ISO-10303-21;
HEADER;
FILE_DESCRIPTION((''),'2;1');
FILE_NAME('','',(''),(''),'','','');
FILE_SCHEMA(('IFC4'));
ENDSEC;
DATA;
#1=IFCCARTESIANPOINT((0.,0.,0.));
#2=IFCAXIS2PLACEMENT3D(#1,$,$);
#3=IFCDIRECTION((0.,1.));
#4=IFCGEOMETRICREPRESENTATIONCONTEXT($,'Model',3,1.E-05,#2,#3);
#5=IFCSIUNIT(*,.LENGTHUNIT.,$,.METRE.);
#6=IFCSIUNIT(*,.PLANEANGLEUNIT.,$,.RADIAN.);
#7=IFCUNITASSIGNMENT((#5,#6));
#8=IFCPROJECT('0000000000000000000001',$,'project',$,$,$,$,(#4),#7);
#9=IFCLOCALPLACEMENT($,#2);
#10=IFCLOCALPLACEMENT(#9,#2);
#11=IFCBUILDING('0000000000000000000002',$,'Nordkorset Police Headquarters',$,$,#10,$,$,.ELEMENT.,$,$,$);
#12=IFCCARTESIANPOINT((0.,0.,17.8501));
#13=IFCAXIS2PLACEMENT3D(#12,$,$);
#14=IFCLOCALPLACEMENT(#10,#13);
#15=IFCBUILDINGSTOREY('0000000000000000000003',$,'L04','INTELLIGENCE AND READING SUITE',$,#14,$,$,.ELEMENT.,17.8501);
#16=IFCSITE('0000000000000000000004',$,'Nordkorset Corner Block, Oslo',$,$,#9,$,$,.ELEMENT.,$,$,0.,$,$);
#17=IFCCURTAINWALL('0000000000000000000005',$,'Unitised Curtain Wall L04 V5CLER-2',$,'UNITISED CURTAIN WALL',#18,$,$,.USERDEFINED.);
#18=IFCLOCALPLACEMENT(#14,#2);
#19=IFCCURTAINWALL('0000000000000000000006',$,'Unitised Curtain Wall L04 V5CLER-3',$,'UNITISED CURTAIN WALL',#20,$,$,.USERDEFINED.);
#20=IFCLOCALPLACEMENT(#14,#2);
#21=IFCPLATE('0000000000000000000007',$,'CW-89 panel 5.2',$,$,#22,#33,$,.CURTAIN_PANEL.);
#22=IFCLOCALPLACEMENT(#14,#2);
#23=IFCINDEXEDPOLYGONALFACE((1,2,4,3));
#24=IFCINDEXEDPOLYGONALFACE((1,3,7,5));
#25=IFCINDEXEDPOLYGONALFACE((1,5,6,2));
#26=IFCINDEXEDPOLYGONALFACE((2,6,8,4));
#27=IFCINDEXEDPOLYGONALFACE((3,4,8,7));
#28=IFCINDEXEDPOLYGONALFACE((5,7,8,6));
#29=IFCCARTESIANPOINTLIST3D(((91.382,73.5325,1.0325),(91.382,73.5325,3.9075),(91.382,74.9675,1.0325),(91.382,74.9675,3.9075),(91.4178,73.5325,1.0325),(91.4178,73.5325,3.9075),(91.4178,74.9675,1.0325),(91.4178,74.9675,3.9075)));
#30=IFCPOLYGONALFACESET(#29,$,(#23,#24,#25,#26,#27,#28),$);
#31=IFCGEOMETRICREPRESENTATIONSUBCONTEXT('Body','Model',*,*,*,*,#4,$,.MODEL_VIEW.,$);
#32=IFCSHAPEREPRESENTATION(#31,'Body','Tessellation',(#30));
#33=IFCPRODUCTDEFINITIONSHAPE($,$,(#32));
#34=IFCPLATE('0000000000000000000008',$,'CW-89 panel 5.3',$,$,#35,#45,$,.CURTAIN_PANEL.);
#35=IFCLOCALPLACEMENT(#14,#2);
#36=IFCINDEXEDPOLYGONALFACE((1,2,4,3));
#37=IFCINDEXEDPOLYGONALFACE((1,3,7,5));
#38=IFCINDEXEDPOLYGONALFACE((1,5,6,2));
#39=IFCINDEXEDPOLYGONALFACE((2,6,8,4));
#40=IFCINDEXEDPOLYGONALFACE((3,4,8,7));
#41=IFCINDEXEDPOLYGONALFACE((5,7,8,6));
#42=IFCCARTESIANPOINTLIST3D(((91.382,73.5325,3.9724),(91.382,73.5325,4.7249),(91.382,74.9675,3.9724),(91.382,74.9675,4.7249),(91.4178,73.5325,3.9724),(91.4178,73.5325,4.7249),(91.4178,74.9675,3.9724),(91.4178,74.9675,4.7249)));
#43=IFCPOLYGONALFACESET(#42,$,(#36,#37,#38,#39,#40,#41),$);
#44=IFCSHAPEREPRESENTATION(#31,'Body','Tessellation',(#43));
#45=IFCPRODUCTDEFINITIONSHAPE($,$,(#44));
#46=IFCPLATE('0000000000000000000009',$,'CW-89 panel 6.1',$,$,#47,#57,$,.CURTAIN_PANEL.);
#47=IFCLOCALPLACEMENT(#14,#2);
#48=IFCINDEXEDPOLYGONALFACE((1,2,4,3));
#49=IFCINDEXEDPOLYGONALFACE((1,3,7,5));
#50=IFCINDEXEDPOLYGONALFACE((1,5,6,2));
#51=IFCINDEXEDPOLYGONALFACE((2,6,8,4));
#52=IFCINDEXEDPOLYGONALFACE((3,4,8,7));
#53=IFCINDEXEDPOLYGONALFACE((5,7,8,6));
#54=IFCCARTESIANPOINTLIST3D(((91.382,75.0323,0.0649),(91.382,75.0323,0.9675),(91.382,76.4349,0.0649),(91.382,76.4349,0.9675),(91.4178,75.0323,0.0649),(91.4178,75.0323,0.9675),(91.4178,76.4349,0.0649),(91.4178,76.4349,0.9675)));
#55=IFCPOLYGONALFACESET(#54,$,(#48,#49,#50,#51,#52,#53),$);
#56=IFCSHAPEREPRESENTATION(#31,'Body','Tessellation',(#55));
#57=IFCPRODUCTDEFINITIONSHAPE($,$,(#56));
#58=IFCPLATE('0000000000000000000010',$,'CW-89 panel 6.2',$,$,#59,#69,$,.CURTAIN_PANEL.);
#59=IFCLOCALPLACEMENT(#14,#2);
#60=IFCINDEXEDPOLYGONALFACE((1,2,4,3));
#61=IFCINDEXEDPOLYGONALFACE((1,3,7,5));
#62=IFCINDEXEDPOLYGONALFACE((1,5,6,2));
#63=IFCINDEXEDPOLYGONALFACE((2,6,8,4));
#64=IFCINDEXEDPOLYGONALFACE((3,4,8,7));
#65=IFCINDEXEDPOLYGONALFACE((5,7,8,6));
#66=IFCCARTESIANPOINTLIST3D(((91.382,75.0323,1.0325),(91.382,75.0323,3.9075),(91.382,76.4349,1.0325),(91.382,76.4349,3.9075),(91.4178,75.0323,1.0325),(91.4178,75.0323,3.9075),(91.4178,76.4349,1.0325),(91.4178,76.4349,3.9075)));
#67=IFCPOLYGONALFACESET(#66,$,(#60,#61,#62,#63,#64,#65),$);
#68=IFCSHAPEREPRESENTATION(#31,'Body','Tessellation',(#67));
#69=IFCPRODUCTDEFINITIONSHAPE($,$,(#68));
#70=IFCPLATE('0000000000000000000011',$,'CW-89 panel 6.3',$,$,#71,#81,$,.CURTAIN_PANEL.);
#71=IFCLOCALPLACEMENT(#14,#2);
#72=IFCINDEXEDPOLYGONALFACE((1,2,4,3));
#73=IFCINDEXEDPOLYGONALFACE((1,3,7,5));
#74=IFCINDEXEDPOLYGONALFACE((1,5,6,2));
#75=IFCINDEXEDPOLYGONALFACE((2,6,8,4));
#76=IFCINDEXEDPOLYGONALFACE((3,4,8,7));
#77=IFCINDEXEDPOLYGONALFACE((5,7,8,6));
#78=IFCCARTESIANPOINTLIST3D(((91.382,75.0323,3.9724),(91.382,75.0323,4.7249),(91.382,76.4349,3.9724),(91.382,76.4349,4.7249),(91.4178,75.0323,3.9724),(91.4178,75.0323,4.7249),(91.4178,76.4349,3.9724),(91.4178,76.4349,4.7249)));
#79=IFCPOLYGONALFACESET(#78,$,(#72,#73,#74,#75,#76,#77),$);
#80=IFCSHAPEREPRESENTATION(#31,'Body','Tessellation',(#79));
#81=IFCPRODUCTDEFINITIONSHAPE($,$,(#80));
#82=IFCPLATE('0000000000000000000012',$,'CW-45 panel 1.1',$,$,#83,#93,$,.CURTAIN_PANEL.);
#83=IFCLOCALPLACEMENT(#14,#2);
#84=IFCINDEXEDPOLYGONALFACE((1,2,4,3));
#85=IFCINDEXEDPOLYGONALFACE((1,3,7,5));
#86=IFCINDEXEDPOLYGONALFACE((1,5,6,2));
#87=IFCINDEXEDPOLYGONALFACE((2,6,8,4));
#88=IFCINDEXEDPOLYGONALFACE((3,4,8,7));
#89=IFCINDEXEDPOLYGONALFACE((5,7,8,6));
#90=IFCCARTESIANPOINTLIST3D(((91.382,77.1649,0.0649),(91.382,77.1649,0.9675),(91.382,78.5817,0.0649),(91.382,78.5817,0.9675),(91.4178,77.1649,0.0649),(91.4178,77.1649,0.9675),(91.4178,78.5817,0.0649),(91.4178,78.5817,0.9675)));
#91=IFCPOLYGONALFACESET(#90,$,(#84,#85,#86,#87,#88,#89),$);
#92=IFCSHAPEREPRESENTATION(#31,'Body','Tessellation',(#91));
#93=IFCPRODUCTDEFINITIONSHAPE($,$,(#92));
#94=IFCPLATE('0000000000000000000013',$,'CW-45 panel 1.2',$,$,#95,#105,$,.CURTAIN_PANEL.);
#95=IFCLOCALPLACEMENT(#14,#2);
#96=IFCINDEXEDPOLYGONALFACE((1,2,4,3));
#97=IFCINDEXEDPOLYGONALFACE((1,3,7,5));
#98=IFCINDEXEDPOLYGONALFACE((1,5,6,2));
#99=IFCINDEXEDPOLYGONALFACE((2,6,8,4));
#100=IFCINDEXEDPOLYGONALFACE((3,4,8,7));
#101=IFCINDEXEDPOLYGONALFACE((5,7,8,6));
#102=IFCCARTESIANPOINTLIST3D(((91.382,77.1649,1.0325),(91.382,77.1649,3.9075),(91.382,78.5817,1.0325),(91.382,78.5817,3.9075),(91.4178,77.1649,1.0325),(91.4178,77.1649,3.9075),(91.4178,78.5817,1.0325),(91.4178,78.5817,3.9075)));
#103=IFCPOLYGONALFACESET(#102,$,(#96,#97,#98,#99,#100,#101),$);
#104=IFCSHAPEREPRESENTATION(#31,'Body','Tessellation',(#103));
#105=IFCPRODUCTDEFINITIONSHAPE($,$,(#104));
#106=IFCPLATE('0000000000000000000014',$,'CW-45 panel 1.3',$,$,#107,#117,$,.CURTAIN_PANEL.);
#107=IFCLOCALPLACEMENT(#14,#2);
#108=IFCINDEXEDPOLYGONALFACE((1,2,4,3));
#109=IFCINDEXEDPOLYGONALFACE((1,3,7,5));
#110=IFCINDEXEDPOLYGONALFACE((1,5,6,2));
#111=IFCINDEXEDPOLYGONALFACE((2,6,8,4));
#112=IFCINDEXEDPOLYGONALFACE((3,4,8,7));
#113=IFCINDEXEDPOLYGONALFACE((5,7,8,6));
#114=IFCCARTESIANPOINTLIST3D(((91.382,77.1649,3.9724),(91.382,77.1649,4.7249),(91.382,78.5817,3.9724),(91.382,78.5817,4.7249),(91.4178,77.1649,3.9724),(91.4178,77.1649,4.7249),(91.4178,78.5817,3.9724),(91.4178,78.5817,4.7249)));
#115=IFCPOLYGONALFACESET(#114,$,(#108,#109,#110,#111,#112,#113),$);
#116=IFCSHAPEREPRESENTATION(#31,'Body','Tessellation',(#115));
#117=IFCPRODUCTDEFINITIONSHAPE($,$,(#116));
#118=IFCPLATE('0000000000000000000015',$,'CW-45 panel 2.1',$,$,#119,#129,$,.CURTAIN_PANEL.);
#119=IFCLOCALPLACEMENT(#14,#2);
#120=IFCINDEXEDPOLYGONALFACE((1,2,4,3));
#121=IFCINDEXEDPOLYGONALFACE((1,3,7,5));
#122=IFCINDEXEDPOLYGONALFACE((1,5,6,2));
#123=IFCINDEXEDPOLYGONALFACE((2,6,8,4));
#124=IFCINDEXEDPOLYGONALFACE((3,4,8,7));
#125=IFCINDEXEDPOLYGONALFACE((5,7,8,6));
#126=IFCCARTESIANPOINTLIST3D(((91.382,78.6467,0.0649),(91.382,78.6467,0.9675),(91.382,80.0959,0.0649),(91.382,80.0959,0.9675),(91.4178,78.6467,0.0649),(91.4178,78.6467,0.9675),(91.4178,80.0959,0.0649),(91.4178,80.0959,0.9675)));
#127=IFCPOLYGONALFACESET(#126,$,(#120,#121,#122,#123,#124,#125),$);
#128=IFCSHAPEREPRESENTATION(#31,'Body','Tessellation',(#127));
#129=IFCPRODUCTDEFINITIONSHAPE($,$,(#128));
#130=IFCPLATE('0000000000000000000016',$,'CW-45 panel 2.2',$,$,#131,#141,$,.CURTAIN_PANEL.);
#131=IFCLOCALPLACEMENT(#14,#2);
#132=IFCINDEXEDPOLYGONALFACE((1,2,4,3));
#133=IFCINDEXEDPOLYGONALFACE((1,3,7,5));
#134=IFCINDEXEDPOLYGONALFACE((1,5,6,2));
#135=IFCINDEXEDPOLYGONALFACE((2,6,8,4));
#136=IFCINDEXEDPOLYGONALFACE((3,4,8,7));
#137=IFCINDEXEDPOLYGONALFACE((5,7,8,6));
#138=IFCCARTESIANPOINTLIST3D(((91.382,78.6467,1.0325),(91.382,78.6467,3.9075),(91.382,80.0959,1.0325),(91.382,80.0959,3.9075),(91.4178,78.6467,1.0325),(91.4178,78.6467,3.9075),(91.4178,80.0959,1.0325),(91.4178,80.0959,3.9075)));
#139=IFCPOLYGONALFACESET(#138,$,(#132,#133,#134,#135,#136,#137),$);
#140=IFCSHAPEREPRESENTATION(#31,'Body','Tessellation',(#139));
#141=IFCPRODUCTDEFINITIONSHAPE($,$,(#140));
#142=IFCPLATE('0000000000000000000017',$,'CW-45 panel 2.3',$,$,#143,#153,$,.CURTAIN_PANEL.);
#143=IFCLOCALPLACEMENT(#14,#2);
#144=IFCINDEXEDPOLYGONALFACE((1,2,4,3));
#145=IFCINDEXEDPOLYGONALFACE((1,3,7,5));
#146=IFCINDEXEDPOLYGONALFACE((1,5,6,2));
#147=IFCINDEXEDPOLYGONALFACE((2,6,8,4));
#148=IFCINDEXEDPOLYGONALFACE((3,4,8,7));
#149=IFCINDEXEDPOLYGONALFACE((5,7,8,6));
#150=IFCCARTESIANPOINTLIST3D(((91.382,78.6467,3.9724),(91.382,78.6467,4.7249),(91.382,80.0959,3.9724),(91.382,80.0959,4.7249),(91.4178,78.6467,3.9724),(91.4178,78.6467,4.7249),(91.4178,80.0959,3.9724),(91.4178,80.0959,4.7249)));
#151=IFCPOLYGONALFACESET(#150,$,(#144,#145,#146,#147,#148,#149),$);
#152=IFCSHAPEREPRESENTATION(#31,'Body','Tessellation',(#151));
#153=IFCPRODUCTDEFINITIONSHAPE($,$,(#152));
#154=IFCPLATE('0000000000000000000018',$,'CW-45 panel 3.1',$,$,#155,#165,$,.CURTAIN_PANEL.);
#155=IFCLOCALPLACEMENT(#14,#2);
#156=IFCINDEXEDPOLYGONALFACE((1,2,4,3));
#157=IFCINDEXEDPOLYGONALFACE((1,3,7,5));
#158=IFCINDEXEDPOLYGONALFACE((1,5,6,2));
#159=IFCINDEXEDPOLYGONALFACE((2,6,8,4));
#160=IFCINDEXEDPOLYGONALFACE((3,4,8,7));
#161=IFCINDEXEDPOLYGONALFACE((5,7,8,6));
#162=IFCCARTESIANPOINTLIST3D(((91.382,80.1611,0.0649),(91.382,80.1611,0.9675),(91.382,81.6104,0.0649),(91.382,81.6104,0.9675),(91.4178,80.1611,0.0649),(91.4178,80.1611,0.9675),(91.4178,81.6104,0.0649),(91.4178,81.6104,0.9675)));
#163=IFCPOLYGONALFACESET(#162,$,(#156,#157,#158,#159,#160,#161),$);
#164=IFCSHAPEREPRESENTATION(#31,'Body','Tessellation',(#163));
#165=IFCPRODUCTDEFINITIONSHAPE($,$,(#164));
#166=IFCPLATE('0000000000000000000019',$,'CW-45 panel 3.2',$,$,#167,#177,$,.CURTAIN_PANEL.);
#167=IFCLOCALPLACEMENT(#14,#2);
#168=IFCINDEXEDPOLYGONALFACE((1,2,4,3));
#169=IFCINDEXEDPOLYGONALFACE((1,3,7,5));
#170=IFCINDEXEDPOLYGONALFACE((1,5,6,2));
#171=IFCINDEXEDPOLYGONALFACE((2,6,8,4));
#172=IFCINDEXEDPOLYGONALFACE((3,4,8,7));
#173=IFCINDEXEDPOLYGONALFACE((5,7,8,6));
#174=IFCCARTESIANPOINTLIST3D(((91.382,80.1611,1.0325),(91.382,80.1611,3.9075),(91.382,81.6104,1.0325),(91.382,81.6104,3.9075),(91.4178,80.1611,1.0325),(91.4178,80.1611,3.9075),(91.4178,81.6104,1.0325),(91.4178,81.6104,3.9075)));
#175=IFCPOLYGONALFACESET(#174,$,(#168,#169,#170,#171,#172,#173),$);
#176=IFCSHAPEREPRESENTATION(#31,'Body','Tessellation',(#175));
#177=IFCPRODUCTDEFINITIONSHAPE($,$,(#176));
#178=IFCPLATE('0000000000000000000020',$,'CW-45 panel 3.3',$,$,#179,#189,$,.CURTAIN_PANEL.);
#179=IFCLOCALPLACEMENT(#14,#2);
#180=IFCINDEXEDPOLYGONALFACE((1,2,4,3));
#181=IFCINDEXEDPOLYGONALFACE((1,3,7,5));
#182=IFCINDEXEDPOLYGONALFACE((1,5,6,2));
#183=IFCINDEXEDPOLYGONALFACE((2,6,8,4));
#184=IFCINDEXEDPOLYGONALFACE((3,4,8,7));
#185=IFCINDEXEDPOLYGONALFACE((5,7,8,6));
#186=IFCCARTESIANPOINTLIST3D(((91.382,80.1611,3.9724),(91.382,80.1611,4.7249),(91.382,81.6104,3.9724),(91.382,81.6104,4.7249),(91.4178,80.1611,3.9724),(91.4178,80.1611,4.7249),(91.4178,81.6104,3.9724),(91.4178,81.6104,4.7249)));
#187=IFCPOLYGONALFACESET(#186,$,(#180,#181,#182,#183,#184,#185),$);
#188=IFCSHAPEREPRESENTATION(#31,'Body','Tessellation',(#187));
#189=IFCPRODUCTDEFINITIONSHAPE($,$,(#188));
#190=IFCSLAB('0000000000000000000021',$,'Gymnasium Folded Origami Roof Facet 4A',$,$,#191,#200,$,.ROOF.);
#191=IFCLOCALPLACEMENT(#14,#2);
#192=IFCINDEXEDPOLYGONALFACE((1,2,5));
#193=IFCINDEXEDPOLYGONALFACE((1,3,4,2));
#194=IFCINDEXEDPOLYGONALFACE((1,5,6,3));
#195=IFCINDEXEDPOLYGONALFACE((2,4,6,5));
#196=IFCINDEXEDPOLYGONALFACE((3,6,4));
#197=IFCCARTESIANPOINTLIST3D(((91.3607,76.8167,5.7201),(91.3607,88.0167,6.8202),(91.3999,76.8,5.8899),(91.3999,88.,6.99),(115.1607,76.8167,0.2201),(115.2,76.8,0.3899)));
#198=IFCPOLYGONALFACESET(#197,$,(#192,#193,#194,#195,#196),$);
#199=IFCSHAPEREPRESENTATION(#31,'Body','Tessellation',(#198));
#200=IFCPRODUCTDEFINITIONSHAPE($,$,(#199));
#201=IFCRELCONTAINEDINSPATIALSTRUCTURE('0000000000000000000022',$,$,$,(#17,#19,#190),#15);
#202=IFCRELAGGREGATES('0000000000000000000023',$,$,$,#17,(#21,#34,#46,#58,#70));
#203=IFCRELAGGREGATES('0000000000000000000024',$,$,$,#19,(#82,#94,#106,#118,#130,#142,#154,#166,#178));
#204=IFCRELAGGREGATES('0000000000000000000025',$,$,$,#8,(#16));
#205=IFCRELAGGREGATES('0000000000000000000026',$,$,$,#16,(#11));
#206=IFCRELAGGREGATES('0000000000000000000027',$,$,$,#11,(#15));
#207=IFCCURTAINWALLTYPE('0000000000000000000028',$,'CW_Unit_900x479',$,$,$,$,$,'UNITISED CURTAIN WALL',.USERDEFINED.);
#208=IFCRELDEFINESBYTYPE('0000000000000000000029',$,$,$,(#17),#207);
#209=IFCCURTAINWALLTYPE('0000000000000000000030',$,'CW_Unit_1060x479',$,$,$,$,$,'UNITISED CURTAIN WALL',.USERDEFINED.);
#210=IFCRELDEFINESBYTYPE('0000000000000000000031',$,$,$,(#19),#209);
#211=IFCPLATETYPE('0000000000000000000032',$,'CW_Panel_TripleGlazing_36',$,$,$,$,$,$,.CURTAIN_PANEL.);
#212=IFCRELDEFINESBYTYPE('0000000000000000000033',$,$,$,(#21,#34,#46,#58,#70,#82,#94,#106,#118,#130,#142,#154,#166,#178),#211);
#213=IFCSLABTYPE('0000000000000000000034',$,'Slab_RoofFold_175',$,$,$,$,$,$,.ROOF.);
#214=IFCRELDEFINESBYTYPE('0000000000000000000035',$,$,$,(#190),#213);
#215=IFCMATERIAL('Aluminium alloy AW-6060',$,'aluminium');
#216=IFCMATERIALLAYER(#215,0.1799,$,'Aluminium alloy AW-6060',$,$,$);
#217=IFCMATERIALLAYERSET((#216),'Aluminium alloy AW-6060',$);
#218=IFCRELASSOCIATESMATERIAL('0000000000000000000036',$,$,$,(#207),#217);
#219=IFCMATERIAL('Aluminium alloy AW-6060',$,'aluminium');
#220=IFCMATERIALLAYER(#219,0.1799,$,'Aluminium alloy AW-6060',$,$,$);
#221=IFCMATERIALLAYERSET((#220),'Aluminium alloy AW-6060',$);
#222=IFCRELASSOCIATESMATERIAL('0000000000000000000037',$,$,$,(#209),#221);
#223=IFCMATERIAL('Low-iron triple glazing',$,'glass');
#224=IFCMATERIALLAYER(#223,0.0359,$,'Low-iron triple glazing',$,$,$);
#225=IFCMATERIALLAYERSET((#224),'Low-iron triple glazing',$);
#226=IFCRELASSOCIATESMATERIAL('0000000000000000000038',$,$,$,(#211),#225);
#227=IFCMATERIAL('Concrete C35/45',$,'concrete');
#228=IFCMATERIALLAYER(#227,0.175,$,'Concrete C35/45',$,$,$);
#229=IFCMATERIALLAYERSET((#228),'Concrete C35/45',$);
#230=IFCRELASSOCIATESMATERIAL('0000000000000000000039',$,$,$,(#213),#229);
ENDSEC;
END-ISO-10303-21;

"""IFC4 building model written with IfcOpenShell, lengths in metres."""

from ifc_helpers import new_model, si_unit, direction, frame, origin, origin_2d, place, context, subcontext, project, spatial, polyline, rectangle, outline, extrude, material, layer, layer_set, type_object, element, aggregate, save


model = new_model("IFC4")

# Units and contexts
model_context = context("Model", 3, precision=1e-05, world=origin(), true_north=direction((0.0, 1.0)))
body_context = subcontext(model_context, "Body", "Model", "MODEL_VIEW")
ifc_project = project(units=[si_unit("LENGTHUNIT", "METRE"), si_unit("PLANEANGLEUNIT", "RADIAN")], contexts=[model_context])

# Site, building, storey
site_placement = place(None, origin())
site = spatial("IfcSite", under=ifc_project, at=site_placement, Name="Nordkorset Corner Block, Oslo", CompositionType="ELEMENT", RefElevation=0.0)
building_placement = place(site_placement, origin())
building = spatial("IfcBuilding", under=site, at=building_placement, Name="Nordkorset Police Headquarters", CompositionType="ELEMENT")
storey_placement = place(building_placement, frame((0.0, 0.0, 17.8501)))
storey = spatial("IfcBuildingStorey", under=building, at=storey_placement, Name="L04", Description="INTELLIGENCE AND READING SUITE", CompositionType="ELEMENT", Elevation=17.8501)

# Curtain walls
ifc_material_1 = material(Name="Aluminium alloy AW-6060", Category="aluminium")
ifc_layer_1 = layer(ifc_material_1, 0.1799, Name="Aluminium alloy AW-6060")
ifc_layer_set_1 = layer_set([ifc_layer_1], Name="Aluminium alloy AW-6060")
curtain_wall_type_1 = type_object("IfcCurtainWallType", Name="CW_Unit_900x479", ElementType="UNITISED CURTAIN WALL", PredefinedType="USERDEFINED", material=ifc_layer_set_1)
curtain_wall_1_placement = place(storey_placement, origin())
curtain_wall_1 = element("IfcCurtainWall", 1, at=curtain_wall_1_placement, inside=storey, type_object=curtain_wall_type_1, Name="Unitised Curtain Wall L04 V5CLER-2", ObjectType="UNITISED CURTAIN WALL", PredefinedType="USERDEFINED")
ifc_material_2 = material(Name="Aluminium alloy AW-6060", Category="aluminium")
ifc_layer_2 = layer(ifc_material_2, 0.1799, Name="Aluminium alloy AW-6060")
ifc_layer_set_2 = layer_set([ifc_layer_2], Name="Aluminium alloy AW-6060")
curtain_wall_type_2 = type_object("IfcCurtainWallType", Name="CW_Unit_1060x479", ElementType="UNITISED CURTAIN WALL", PredefinedType="USERDEFINED", material=ifc_layer_set_2)
curtain_wall_2_placement = place(storey_placement, origin())
curtain_wall_2 = element("IfcCurtainWall", 2, at=curtain_wall_2_placement, inside=storey, type_object=curtain_wall_type_2, Name="Unitised Curtain Wall L04 V5CLER-3", ObjectType="UNITISED CURTAIN WALL", PredefinedType="USERDEFINED")

# Plates
ifc_material_3 = material(Name="Low-iron triple glazing", Category="glass")
ifc_layer_3 = layer(ifc_material_3, 0.0359, Name="Low-iron triple glazing")
ifc_layer_set_3 = layer_set([ifc_layer_3], Name="Low-iron triple glazing")
plate_type = type_object("IfcPlateType", Name="CW_Panel_TripleGlazing_36", PredefinedType="CURTAIN_PANEL", material=ifc_layer_set_3)
plate_1_placement = place(storey_placement, frame((91.3999, 74.25, 1.0325), z_axis=(0.0, 0.0, 1.0), x_axis=(0.0, 1.0, 0.0)))
plate_1 = element("IfcPlate", 3, at=plate_1_placement, type_object=plate_type, Name="CW-89 panel 5.2", PredefinedType="CURTAIN_PANEL", context=body_context, shape_type="SweptSolid", body=[
    extrude(rectangle(XDim=1.4351, YDim=0.0359, at=origin_2d()), origin(), (0.0, 0.0, 1.0), 2.875),
])
plate_2_placement = place(storey_placement, frame((91.3999, 74.25, 3.9724), z_axis=(0.0, 0.0, 1.0), x_axis=(0.0, 1.0, 0.0)))
plate_2 = element("IfcPlate", 4, at=plate_2_placement, type_object=plate_type, Name="CW-89 panel 5.3", PredefinedType="CURTAIN_PANEL", context=body_context, shape_type="SweptSolid", body=[
    extrude(rectangle(XDim=1.4351, YDim=0.0359, at=origin_2d()), origin(), (0.0, 0.0, 1.0), 0.7524),
])
plate_3_placement = place(storey_placement, frame((91.3999, 75.7336, 0.0649), z_axis=(0.0, 0.0, 1.0), x_axis=(0.0, 1.0, 0.0)))
plate_3 = element("IfcPlate", 5, at=plate_3_placement, type_object=plate_type, Name="CW-89 panel 6.1", PredefinedType="CURTAIN_PANEL", context=body_context, shape_type="SweptSolid", body=[
    extrude(rectangle(XDim=1.4026, YDim=0.0359, at=origin_2d()), origin(), (0.0, 0.0, 1.0), 0.9026),
])
plate_4_placement = place(storey_placement, frame((91.3999, 75.7336, 1.0325), z_axis=(0.0, 0.0, 1.0), x_axis=(0.0, 1.0, 0.0)))
plate_4 = element("IfcPlate", 6, at=plate_4_placement, type_object=plate_type, Name="CW-89 panel 6.2", PredefinedType="CURTAIN_PANEL", context=body_context, shape_type="SweptSolid", body=[
    extrude(rectangle(XDim=1.4026, YDim=0.0359, at=origin_2d()), origin(), (0.0, 0.0, 1.0), 2.875),
])
plate_5_placement = place(storey_placement, frame((91.3999, 75.7336, 3.9724), z_axis=(0.0, 0.0, 1.0), x_axis=(0.0, 1.0, 0.0)))
plate_5 = element("IfcPlate", 7, at=plate_5_placement, type_object=plate_type, Name="CW-89 panel 6.3", PredefinedType="CURTAIN_PANEL", context=body_context, shape_type="SweptSolid", body=[
    extrude(rectangle(XDim=1.4026, YDim=0.0359, at=origin_2d()), origin(), (0.0, 0.0, 1.0), 0.7524),
])
aggregate(curtain_wall_1, [plate_1, plate_2, plate_3, plate_4, plate_5])
plate_6_placement = place(storey_placement, frame((91.3999, 77.8733, 0.0649), z_axis=(0.0, 0.0, 1.0), x_axis=(0.0, 1.0, 0.0)))
plate_6 = element("IfcPlate", 8, at=plate_6_placement, type_object=plate_type, Name="CW-45 panel 1.1", PredefinedType="CURTAIN_PANEL", context=body_context, shape_type="SweptSolid", body=[
    extrude(rectangle(XDim=1.4167, YDim=0.0359, at=origin_2d()), origin(), (0.0, 0.0, 1.0), 0.9026),
])
plate_7_placement = place(storey_placement, frame((91.3999, 77.8733, 1.0325), z_axis=(0.0, 0.0, 1.0), x_axis=(0.0, 1.0, 0.0)))
plate_7 = element("IfcPlate", 9, at=plate_7_placement, type_object=plate_type, Name="CW-45 panel 1.2", PredefinedType="CURTAIN_PANEL", context=body_context, shape_type="SweptSolid", body=[
    extrude(rectangle(XDim=1.4167, YDim=0.0359, at=origin_2d()), origin(), (0.0, 0.0, 1.0), 2.875),
])
plate_8_placement = place(storey_placement, frame((91.3999, 77.8733, 3.9724), z_axis=(0.0, 0.0, 1.0), x_axis=(0.0, 1.0, 0.0)))
plate_8 = element("IfcPlate", 10, at=plate_8_placement, type_object=plate_type, Name="CW-45 panel 1.3", PredefinedType="CURTAIN_PANEL", context=body_context, shape_type="SweptSolid", body=[
    extrude(rectangle(XDim=1.4167, YDim=0.0359, at=origin_2d()), origin(), (0.0, 0.0, 1.0), 0.7524),
])
plate_9_placement = place(storey_placement, frame((91.3999, 79.3713, 0.0649), z_axis=(0.0, 0.0, 1.0), x_axis=(0.0, 1.0, 0.0)))
plate_9 = element("IfcPlate", 11, at=plate_9_placement, type_object=plate_type, Name="CW-45 panel 2.1", PredefinedType="CURTAIN_PANEL", context=body_context, shape_type="SweptSolid", body=[
    extrude(rectangle(XDim=1.4492, YDim=0.0359, at=origin_2d()), origin(), (0.0, 0.0, 1.0), 0.9026),
])
plate_10_placement = place(storey_placement, frame((91.3999, 79.3713, 1.0325), z_axis=(0.0, 0.0, 1.0), x_axis=(0.0, 1.0, 0.0)))
plate_10 = element("IfcPlate", 12, at=plate_10_placement, type_object=plate_type, Name="CW-45 panel 2.2", PredefinedType="CURTAIN_PANEL", context=body_context, shape_type="SweptSolid", body=[
    extrude(rectangle(XDim=1.4492, YDim=0.0359, at=origin_2d()), origin(), (0.0, 0.0, 1.0), 2.875),
])
plate_11_placement = place(storey_placement, frame((91.3999, 79.3713, 3.9724), z_axis=(0.0, 0.0, 1.0), x_axis=(0.0, 1.0, 0.0)))
plate_11 = element("IfcPlate", 13, at=plate_11_placement, type_object=plate_type, Name="CW-45 panel 2.3", PredefinedType="CURTAIN_PANEL", context=body_context, shape_type="SweptSolid", body=[
    extrude(rectangle(XDim=1.4492, YDim=0.0359, at=origin_2d()), origin(), (0.0, 0.0, 1.0), 0.7524),
])
plate_12_placement = place(storey_placement, frame((91.3999, 80.8857, 0.0649), z_axis=(0.0, 0.0, 1.0), x_axis=(0.0, 1.0, 0.0)))
plate_12 = element("IfcPlate", 14, at=plate_12_placement, type_object=plate_type, Name="CW-45 panel 3.1", PredefinedType="CURTAIN_PANEL", context=body_context, shape_type="SweptSolid", body=[
    extrude(rectangle(XDim=1.4492, YDim=0.0359, at=origin_2d()), origin(), (0.0, 0.0, 1.0), 0.9026),
])
plate_13_placement = place(storey_placement, frame((91.3999, 80.8857, 1.0325), z_axis=(0.0, 0.0, 1.0), x_axis=(0.0, 1.0, 0.0)))
plate_13 = element("IfcPlate", 15, at=plate_13_placement, type_object=plate_type, Name="CW-45 panel 3.2", PredefinedType="CURTAIN_PANEL", context=body_context, shape_type="SweptSolid", body=[
    extrude(rectangle(XDim=1.4492, YDim=0.0359, at=origin_2d()), origin(), (0.0, 0.0, 1.0), 2.875),
])
plate_14_placement = place(storey_placement, frame((91.3999, 80.8857, 3.9724), z_axis=(0.0, 0.0, 1.0), x_axis=(0.0, 1.0, 0.0)))
plate_14 = element("IfcPlate", 16, at=plate_14_placement, type_object=plate_type, Name="CW-45 panel 3.3", PredefinedType="CURTAIN_PANEL", context=body_context, shape_type="SweptSolid", body=[
    extrude(rectangle(XDim=1.4492, YDim=0.0359, at=origin_2d()), origin(), (0.0, 0.0, 1.0), 0.7524),
])
aggregate(curtain_wall_2, [plate_6, plate_7, plate_8, plate_9, plate_10, plate_11, plate_12, plate_13, plate_14])

# Slab
ifc_material_4 = material(Name="Concrete C35/45", Category="concrete")
ifc_layer_4 = layer(ifc_material_4, 0.175, Name="Concrete C35/45")
ifc_layer_set_4 = layer_set([ifc_layer_4], Name="Concrete C35/45")
slab_type = type_object("IfcSlabType", Name="Slab_RoofFold_175", PredefinedType="ROOF", material=ifc_layer_set_4)
slab_placement = place(storey_placement, frame((91.3999, 76.8, 5.8899), z_axis=(0.224134, -0.095266, 0.969891), x_axis=(0.974322, 0.0, -0.225158)))
element("IfcSlab", 17, at=slab_placement, inside=storey, type_object=slab_type, Name="Gymnasium Folded Origami Roof Facet 4A", PredefinedType="ROOF", context=body_context, shape_type="SweptSolid", body=[
    extrude(outline(polyline([(0.0, 0.0), (24.4273, 0.0), (-0.2477, 11.2511), (0.0, 0.0)])), origin(), (0.0, 0.0, -1.0), 0.175),
])

save(model, "model.ifc")
